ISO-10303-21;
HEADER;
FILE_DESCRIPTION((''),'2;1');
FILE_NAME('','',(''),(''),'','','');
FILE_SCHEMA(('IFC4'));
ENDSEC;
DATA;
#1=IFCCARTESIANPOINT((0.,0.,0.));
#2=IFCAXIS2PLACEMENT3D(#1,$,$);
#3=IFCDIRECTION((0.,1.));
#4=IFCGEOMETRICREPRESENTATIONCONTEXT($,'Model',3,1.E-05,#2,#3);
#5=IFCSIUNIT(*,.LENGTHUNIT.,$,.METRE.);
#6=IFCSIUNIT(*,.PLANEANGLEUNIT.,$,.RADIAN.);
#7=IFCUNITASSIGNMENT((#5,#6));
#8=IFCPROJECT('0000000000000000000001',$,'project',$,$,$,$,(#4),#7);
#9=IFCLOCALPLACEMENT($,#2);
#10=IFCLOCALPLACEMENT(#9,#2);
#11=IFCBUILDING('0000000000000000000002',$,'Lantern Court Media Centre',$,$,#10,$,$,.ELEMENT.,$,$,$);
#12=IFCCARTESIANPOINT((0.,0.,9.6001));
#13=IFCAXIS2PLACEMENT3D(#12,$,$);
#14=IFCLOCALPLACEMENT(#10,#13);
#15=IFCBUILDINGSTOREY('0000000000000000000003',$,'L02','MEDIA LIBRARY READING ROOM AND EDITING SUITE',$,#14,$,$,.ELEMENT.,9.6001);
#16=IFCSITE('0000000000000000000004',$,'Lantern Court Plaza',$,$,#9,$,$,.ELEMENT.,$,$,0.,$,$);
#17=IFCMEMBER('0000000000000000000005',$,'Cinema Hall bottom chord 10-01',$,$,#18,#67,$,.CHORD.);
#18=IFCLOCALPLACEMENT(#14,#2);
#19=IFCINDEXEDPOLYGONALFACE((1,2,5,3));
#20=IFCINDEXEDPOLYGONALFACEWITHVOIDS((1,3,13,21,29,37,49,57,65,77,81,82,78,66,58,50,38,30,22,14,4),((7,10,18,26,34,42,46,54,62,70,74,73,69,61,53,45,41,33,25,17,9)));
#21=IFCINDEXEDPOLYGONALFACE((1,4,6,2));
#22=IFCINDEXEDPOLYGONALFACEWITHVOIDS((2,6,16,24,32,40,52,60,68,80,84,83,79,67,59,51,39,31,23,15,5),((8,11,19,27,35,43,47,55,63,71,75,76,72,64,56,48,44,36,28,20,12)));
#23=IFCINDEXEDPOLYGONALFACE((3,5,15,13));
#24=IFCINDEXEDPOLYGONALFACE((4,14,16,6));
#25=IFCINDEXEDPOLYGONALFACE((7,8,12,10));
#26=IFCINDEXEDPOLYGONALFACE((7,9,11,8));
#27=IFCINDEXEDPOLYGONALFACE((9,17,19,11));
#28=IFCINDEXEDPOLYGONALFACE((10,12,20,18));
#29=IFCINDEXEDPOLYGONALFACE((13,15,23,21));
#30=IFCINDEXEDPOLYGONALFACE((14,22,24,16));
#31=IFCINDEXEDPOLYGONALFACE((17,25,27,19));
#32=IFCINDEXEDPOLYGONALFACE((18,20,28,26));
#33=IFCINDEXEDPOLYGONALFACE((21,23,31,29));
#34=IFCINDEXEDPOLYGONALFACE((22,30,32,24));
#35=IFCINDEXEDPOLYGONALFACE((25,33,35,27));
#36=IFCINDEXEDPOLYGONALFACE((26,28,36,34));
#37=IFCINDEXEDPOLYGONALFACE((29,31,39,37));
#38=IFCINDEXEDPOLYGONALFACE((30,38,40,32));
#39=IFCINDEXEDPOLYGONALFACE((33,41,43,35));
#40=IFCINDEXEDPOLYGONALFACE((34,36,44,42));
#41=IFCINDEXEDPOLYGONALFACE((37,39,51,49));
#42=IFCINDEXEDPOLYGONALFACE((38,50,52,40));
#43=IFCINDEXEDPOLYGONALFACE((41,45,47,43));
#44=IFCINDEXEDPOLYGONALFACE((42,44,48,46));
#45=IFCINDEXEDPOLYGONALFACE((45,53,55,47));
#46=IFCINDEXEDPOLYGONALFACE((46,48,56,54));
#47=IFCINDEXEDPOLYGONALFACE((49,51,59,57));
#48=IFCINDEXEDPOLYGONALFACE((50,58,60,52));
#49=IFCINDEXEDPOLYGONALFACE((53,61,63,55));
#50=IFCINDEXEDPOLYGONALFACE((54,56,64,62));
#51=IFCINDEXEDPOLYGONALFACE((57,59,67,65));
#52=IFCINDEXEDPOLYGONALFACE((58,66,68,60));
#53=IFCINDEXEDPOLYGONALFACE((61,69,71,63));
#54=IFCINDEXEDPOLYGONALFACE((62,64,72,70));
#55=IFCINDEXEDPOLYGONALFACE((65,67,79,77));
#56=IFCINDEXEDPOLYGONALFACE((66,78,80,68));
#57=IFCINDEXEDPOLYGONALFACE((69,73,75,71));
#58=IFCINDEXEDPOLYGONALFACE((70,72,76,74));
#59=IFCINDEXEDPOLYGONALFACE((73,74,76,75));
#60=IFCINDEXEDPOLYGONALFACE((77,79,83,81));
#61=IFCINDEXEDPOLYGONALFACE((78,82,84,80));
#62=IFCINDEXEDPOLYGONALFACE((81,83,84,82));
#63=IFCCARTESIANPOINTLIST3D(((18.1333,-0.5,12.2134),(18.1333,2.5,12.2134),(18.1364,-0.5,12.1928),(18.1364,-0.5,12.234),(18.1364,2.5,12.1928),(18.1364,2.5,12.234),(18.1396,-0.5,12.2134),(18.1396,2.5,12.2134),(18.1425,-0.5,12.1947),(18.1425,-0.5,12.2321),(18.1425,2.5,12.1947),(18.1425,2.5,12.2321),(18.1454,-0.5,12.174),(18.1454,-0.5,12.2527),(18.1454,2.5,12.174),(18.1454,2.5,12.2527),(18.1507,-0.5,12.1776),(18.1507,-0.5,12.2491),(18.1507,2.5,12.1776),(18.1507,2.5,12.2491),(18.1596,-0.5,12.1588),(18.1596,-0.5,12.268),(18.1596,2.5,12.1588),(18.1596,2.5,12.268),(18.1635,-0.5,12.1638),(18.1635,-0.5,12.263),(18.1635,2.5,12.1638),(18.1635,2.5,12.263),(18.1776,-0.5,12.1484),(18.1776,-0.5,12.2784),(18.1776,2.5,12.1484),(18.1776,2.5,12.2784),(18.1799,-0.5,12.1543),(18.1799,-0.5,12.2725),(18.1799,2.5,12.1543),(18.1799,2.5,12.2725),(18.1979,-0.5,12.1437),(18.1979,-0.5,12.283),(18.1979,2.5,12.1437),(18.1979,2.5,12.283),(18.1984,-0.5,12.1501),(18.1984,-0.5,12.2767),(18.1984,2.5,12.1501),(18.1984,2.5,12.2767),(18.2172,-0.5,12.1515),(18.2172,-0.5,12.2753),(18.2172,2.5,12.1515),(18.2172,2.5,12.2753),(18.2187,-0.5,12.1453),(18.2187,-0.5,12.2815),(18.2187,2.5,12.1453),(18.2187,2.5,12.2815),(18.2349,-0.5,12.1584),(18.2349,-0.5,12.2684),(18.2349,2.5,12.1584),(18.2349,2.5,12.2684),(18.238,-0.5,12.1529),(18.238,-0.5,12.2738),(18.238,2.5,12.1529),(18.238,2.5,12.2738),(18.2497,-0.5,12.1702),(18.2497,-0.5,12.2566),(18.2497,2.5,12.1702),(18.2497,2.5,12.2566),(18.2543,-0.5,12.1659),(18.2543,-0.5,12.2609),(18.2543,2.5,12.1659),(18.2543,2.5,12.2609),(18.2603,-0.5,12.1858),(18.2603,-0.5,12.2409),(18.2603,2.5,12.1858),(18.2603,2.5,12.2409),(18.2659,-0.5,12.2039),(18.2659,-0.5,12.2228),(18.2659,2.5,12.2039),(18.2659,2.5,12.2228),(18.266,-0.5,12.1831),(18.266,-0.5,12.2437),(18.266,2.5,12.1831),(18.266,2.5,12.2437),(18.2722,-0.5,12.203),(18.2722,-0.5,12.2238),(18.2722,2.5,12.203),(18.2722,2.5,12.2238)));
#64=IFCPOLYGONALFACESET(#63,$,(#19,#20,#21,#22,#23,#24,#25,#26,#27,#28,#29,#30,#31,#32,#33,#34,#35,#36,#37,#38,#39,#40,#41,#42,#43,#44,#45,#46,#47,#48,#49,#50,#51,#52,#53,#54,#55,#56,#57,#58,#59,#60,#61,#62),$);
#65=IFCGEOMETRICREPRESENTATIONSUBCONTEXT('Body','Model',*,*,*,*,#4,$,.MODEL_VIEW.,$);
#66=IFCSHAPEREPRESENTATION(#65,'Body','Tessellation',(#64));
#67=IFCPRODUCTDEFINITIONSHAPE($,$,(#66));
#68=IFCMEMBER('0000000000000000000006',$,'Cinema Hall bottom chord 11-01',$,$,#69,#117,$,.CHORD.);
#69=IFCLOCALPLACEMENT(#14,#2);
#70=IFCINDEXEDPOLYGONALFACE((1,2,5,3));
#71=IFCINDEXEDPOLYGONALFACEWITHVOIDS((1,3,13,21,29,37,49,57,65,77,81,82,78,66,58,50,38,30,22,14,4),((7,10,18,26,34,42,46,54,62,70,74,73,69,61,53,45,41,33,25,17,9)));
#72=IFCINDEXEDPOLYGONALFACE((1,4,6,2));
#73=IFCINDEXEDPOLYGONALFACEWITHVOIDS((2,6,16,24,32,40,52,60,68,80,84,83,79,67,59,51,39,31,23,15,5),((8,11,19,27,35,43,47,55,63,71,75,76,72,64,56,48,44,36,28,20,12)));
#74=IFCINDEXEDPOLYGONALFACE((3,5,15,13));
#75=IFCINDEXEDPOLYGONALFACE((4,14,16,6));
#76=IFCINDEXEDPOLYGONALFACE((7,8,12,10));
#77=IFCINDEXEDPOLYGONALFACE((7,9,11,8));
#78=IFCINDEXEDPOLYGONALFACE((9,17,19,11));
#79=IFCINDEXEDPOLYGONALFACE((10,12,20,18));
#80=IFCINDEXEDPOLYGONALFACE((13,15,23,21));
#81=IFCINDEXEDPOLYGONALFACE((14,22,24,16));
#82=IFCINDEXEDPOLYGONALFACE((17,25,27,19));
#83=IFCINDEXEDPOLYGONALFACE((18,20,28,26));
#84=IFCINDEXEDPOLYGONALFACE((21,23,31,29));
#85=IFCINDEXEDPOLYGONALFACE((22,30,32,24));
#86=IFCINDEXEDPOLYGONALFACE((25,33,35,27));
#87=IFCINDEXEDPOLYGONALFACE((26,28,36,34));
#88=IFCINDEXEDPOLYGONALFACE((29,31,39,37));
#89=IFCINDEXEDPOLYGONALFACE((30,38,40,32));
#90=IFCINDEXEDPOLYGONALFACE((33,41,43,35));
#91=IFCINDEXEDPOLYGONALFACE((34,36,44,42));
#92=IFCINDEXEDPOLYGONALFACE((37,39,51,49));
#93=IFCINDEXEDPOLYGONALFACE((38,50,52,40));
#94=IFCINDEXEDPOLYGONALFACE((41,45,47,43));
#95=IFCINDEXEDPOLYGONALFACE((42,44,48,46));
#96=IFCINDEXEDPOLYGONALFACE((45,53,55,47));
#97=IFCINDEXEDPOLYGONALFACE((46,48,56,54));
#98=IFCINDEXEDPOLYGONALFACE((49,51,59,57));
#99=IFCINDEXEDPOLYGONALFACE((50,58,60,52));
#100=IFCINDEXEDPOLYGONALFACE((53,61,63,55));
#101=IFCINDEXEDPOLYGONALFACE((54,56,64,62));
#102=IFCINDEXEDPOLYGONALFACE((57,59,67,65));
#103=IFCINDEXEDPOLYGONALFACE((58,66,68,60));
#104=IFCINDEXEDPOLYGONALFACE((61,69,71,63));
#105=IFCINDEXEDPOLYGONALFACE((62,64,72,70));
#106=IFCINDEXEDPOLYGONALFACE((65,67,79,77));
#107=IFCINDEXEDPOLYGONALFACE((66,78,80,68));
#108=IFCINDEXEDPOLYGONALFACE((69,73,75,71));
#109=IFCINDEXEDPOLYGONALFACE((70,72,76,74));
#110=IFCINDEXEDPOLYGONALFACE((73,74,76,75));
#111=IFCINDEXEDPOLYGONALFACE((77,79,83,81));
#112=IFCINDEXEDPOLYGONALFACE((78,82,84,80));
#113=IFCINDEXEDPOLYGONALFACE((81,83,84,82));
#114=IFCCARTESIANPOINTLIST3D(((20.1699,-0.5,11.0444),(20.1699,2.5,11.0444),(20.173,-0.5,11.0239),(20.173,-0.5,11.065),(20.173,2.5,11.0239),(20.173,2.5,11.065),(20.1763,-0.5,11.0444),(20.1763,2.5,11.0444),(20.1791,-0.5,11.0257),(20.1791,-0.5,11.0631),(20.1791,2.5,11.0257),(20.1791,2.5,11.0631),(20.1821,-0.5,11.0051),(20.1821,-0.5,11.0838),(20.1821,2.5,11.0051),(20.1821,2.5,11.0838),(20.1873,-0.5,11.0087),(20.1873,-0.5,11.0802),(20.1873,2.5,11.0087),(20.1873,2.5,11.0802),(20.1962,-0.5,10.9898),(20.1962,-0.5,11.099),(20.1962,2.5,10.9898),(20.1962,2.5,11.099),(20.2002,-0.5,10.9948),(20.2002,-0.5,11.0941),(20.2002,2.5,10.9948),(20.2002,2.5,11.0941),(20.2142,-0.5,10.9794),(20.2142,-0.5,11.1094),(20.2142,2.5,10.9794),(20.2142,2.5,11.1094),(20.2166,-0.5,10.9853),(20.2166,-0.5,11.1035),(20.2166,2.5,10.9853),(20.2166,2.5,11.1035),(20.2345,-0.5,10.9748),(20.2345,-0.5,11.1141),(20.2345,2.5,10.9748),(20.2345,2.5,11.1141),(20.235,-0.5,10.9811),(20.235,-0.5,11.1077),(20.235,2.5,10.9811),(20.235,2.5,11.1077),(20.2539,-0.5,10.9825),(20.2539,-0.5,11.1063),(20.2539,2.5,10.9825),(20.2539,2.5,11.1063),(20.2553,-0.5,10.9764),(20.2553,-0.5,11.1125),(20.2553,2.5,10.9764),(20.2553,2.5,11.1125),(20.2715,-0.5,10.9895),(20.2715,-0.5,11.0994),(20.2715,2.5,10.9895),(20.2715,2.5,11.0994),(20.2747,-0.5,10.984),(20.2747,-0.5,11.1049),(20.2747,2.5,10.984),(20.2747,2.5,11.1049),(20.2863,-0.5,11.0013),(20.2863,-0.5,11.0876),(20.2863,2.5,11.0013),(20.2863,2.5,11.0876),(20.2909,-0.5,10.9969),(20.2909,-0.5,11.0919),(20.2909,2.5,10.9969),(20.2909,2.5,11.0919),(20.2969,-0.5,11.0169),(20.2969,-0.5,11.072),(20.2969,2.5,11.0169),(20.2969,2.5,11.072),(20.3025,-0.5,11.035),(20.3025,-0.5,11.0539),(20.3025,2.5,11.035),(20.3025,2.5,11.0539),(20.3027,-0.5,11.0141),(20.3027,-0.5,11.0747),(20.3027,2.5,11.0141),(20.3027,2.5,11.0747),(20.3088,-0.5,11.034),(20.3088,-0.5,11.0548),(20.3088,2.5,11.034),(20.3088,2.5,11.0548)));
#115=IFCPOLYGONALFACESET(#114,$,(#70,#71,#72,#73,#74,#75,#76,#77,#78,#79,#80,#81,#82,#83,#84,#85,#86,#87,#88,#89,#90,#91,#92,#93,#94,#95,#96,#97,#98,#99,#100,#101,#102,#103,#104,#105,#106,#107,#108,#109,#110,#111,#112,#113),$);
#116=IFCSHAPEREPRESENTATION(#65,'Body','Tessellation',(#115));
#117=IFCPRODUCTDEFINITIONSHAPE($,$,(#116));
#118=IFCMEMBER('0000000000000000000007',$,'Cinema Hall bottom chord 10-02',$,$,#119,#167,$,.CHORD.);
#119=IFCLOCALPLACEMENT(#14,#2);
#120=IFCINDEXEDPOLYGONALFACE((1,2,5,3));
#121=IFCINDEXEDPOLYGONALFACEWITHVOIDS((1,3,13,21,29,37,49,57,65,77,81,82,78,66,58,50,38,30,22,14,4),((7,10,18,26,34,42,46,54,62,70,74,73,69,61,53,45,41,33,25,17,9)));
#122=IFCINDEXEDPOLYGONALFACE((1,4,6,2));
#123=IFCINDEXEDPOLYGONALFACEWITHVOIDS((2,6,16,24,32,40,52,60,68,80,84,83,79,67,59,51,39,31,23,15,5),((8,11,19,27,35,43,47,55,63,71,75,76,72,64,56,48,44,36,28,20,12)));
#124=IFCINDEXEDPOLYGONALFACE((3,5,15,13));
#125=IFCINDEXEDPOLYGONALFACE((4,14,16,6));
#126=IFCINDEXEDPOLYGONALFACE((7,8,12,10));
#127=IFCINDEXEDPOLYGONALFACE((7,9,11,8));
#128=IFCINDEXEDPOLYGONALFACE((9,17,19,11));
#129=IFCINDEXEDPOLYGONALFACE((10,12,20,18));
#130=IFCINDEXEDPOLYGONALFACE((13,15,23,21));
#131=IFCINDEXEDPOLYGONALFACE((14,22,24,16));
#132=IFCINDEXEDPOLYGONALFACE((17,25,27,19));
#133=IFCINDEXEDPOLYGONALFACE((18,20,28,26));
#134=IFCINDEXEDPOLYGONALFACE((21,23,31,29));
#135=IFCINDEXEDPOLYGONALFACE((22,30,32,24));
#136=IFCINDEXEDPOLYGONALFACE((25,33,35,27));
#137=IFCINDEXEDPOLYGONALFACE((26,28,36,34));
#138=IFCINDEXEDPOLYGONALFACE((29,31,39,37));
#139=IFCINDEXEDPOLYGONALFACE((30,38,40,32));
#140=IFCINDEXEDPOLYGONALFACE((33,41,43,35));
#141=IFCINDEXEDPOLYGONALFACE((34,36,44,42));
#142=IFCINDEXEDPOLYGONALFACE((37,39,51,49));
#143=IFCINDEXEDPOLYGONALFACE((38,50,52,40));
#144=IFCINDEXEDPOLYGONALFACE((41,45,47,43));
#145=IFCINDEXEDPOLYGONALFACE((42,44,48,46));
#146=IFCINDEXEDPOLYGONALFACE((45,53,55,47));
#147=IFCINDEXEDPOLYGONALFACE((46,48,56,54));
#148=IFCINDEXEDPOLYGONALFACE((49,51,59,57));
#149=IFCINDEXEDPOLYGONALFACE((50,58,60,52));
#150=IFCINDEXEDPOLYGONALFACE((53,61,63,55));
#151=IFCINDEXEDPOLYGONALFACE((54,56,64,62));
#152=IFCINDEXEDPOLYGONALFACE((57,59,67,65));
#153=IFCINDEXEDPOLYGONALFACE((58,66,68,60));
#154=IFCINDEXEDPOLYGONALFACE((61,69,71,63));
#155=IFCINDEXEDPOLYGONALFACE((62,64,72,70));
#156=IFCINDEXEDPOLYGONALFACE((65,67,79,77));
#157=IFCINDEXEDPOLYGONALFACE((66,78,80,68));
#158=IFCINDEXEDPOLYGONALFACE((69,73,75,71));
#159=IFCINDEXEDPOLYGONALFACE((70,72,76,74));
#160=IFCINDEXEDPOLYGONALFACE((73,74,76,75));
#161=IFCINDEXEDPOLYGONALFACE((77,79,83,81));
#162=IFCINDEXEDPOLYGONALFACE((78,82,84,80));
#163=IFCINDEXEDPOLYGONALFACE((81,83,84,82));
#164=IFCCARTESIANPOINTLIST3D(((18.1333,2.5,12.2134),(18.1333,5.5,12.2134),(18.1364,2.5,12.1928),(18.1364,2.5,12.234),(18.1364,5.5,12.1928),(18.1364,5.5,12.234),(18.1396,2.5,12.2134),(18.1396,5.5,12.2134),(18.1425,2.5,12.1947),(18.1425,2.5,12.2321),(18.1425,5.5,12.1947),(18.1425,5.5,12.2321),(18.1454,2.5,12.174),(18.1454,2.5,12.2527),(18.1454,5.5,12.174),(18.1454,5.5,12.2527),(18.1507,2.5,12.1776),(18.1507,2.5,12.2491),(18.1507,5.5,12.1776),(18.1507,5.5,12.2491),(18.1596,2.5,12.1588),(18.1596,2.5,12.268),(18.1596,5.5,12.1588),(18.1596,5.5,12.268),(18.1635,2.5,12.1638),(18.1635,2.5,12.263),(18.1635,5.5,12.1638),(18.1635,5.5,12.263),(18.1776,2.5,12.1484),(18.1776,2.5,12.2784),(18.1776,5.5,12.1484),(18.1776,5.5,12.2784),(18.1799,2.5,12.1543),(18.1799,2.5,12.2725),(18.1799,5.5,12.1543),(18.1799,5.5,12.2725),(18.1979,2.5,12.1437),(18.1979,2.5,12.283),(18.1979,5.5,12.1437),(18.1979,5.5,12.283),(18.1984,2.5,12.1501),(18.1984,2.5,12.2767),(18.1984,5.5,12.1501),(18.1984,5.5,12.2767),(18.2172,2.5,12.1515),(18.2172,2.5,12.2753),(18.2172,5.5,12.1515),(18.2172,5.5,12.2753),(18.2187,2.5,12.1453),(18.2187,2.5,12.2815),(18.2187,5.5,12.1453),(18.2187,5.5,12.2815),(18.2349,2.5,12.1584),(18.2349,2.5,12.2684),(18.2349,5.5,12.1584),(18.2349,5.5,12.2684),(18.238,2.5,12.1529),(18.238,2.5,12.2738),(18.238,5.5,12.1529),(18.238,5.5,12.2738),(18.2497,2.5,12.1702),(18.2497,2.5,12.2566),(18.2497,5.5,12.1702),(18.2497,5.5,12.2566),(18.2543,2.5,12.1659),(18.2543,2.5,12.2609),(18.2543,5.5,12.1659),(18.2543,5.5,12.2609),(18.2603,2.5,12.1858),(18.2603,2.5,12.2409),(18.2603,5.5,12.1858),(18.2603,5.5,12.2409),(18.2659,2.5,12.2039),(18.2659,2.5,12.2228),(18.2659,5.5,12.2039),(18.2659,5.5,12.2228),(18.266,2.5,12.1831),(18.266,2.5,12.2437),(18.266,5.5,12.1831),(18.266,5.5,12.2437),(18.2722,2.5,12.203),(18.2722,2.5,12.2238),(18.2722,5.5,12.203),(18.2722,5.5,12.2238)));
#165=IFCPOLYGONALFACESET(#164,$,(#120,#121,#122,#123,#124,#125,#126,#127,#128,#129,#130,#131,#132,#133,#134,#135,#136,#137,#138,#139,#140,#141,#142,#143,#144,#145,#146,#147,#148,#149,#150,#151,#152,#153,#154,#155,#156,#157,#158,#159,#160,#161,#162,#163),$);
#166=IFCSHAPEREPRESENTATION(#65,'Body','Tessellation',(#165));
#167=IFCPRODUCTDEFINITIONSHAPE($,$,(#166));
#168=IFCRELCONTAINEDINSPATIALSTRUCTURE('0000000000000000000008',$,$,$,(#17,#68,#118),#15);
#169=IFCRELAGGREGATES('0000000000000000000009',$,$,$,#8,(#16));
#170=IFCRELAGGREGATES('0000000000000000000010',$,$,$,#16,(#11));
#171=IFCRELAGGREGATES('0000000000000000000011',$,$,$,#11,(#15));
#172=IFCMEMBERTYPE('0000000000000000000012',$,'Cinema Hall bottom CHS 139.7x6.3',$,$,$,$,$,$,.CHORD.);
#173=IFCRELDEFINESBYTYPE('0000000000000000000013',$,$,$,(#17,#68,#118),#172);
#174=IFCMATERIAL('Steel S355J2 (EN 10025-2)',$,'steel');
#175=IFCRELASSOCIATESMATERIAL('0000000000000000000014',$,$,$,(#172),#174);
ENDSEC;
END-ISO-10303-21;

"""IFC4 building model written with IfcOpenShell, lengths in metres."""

from ifc_helpers import new_model, si_unit, direction, frame, origin, origin_2d, place, context, subcontext, project, spatial, hollow_circle, extrude, material, material_profile, profile_set, type_object, element, save


model = new_model("IFC4")

# Units and contexts
model_context = context("Model", 3, precision=1e-05, world=origin(), true_north=direction((0.0, 1.0)))
body_context = subcontext(model_context, "Body", "Model", "MODEL_VIEW")
ifc_project = project(units=[si_unit("LENGTHUNIT", "METRE"), si_unit("PLANEANGLEUNIT", "RADIAN")], contexts=[model_context])

# Site, building, storey
site_placement = place(None, origin())
site = spatial("IfcSite", under=ifc_project, at=site_placement, Name="Lantern Court Plaza", CompositionType="ELEMENT", RefElevation=0.0)
building_placement = place(site_placement, origin())
building = spatial("IfcBuilding", under=site, at=building_placement, Name="Lantern Court Media Centre", CompositionType="ELEMENT")
storey_placement = place(building_placement, frame((0.0, 0.0, 9.6001)))
storey = spatial("IfcBuildingStorey", under=building, at=storey_placement, Name="L02", Description="MEDIA LIBRARY READING ROOM AND EDITING SUITE", CompositionType="ELEMENT", Elevation=9.6001)

# Members
ifc_material = material(Name="Steel S355J2 (EN 10025-2)", Category="steel")
ifc_material_profile_1 = material_profile(ifc_material, hollow_circle(Radius=0.0698, WallThickness=0.0063, at=origin_2d()), Name="Cinema Hall bottom CHS 139.7x6.3")
ifc_profile_set_1 = profile_set([ifc_material_profile_1], Name="Steel S355J2 (EN 10025-2)")
member_type_1 = type_object("IfcMemberType", Name="Cinema Hall bottom CHS 139.7x6.3", PredefinedType="CHORD", material=ifc_profile_set_1)
for number, where, z_axis, x_axis, name in (
    (1, (18.2031, -0.5, 12.2134), (0.0, 1.0, 0.0), (-1.0, 0.0, 0.0), "Cinema Hall bottom chord 10-01"),
    (2, (20.2397, -0.5, 11.0444), (0.0, 1.0, 0.0), (-1.0, 0.0, 0.0), "Cinema Hall bottom chord 11-01"),
    (3, (18.2031, 2.5, 12.2134), (0.0, 1.0, 0.0), (-1.0, 0.0, 0.0), "Cinema Hall bottom chord 10-02"),
):
    element("IfcMember", number, at=place(storey_placement, frame(where, z_axis=z_axis, x_axis=x_axis)), inside=storey, type_object=member_type_1, Name=name, PredefinedType="CHORD", context=body_context, shape_type="SweptSolid", body=[
        extrude(hollow_circle(Radius=0.0698, WallThickness=0.0063, at=origin_2d()), origin(), (0.0, 0.0, 1.0), 3.0),
    ])

save(model, "model.ifc")
